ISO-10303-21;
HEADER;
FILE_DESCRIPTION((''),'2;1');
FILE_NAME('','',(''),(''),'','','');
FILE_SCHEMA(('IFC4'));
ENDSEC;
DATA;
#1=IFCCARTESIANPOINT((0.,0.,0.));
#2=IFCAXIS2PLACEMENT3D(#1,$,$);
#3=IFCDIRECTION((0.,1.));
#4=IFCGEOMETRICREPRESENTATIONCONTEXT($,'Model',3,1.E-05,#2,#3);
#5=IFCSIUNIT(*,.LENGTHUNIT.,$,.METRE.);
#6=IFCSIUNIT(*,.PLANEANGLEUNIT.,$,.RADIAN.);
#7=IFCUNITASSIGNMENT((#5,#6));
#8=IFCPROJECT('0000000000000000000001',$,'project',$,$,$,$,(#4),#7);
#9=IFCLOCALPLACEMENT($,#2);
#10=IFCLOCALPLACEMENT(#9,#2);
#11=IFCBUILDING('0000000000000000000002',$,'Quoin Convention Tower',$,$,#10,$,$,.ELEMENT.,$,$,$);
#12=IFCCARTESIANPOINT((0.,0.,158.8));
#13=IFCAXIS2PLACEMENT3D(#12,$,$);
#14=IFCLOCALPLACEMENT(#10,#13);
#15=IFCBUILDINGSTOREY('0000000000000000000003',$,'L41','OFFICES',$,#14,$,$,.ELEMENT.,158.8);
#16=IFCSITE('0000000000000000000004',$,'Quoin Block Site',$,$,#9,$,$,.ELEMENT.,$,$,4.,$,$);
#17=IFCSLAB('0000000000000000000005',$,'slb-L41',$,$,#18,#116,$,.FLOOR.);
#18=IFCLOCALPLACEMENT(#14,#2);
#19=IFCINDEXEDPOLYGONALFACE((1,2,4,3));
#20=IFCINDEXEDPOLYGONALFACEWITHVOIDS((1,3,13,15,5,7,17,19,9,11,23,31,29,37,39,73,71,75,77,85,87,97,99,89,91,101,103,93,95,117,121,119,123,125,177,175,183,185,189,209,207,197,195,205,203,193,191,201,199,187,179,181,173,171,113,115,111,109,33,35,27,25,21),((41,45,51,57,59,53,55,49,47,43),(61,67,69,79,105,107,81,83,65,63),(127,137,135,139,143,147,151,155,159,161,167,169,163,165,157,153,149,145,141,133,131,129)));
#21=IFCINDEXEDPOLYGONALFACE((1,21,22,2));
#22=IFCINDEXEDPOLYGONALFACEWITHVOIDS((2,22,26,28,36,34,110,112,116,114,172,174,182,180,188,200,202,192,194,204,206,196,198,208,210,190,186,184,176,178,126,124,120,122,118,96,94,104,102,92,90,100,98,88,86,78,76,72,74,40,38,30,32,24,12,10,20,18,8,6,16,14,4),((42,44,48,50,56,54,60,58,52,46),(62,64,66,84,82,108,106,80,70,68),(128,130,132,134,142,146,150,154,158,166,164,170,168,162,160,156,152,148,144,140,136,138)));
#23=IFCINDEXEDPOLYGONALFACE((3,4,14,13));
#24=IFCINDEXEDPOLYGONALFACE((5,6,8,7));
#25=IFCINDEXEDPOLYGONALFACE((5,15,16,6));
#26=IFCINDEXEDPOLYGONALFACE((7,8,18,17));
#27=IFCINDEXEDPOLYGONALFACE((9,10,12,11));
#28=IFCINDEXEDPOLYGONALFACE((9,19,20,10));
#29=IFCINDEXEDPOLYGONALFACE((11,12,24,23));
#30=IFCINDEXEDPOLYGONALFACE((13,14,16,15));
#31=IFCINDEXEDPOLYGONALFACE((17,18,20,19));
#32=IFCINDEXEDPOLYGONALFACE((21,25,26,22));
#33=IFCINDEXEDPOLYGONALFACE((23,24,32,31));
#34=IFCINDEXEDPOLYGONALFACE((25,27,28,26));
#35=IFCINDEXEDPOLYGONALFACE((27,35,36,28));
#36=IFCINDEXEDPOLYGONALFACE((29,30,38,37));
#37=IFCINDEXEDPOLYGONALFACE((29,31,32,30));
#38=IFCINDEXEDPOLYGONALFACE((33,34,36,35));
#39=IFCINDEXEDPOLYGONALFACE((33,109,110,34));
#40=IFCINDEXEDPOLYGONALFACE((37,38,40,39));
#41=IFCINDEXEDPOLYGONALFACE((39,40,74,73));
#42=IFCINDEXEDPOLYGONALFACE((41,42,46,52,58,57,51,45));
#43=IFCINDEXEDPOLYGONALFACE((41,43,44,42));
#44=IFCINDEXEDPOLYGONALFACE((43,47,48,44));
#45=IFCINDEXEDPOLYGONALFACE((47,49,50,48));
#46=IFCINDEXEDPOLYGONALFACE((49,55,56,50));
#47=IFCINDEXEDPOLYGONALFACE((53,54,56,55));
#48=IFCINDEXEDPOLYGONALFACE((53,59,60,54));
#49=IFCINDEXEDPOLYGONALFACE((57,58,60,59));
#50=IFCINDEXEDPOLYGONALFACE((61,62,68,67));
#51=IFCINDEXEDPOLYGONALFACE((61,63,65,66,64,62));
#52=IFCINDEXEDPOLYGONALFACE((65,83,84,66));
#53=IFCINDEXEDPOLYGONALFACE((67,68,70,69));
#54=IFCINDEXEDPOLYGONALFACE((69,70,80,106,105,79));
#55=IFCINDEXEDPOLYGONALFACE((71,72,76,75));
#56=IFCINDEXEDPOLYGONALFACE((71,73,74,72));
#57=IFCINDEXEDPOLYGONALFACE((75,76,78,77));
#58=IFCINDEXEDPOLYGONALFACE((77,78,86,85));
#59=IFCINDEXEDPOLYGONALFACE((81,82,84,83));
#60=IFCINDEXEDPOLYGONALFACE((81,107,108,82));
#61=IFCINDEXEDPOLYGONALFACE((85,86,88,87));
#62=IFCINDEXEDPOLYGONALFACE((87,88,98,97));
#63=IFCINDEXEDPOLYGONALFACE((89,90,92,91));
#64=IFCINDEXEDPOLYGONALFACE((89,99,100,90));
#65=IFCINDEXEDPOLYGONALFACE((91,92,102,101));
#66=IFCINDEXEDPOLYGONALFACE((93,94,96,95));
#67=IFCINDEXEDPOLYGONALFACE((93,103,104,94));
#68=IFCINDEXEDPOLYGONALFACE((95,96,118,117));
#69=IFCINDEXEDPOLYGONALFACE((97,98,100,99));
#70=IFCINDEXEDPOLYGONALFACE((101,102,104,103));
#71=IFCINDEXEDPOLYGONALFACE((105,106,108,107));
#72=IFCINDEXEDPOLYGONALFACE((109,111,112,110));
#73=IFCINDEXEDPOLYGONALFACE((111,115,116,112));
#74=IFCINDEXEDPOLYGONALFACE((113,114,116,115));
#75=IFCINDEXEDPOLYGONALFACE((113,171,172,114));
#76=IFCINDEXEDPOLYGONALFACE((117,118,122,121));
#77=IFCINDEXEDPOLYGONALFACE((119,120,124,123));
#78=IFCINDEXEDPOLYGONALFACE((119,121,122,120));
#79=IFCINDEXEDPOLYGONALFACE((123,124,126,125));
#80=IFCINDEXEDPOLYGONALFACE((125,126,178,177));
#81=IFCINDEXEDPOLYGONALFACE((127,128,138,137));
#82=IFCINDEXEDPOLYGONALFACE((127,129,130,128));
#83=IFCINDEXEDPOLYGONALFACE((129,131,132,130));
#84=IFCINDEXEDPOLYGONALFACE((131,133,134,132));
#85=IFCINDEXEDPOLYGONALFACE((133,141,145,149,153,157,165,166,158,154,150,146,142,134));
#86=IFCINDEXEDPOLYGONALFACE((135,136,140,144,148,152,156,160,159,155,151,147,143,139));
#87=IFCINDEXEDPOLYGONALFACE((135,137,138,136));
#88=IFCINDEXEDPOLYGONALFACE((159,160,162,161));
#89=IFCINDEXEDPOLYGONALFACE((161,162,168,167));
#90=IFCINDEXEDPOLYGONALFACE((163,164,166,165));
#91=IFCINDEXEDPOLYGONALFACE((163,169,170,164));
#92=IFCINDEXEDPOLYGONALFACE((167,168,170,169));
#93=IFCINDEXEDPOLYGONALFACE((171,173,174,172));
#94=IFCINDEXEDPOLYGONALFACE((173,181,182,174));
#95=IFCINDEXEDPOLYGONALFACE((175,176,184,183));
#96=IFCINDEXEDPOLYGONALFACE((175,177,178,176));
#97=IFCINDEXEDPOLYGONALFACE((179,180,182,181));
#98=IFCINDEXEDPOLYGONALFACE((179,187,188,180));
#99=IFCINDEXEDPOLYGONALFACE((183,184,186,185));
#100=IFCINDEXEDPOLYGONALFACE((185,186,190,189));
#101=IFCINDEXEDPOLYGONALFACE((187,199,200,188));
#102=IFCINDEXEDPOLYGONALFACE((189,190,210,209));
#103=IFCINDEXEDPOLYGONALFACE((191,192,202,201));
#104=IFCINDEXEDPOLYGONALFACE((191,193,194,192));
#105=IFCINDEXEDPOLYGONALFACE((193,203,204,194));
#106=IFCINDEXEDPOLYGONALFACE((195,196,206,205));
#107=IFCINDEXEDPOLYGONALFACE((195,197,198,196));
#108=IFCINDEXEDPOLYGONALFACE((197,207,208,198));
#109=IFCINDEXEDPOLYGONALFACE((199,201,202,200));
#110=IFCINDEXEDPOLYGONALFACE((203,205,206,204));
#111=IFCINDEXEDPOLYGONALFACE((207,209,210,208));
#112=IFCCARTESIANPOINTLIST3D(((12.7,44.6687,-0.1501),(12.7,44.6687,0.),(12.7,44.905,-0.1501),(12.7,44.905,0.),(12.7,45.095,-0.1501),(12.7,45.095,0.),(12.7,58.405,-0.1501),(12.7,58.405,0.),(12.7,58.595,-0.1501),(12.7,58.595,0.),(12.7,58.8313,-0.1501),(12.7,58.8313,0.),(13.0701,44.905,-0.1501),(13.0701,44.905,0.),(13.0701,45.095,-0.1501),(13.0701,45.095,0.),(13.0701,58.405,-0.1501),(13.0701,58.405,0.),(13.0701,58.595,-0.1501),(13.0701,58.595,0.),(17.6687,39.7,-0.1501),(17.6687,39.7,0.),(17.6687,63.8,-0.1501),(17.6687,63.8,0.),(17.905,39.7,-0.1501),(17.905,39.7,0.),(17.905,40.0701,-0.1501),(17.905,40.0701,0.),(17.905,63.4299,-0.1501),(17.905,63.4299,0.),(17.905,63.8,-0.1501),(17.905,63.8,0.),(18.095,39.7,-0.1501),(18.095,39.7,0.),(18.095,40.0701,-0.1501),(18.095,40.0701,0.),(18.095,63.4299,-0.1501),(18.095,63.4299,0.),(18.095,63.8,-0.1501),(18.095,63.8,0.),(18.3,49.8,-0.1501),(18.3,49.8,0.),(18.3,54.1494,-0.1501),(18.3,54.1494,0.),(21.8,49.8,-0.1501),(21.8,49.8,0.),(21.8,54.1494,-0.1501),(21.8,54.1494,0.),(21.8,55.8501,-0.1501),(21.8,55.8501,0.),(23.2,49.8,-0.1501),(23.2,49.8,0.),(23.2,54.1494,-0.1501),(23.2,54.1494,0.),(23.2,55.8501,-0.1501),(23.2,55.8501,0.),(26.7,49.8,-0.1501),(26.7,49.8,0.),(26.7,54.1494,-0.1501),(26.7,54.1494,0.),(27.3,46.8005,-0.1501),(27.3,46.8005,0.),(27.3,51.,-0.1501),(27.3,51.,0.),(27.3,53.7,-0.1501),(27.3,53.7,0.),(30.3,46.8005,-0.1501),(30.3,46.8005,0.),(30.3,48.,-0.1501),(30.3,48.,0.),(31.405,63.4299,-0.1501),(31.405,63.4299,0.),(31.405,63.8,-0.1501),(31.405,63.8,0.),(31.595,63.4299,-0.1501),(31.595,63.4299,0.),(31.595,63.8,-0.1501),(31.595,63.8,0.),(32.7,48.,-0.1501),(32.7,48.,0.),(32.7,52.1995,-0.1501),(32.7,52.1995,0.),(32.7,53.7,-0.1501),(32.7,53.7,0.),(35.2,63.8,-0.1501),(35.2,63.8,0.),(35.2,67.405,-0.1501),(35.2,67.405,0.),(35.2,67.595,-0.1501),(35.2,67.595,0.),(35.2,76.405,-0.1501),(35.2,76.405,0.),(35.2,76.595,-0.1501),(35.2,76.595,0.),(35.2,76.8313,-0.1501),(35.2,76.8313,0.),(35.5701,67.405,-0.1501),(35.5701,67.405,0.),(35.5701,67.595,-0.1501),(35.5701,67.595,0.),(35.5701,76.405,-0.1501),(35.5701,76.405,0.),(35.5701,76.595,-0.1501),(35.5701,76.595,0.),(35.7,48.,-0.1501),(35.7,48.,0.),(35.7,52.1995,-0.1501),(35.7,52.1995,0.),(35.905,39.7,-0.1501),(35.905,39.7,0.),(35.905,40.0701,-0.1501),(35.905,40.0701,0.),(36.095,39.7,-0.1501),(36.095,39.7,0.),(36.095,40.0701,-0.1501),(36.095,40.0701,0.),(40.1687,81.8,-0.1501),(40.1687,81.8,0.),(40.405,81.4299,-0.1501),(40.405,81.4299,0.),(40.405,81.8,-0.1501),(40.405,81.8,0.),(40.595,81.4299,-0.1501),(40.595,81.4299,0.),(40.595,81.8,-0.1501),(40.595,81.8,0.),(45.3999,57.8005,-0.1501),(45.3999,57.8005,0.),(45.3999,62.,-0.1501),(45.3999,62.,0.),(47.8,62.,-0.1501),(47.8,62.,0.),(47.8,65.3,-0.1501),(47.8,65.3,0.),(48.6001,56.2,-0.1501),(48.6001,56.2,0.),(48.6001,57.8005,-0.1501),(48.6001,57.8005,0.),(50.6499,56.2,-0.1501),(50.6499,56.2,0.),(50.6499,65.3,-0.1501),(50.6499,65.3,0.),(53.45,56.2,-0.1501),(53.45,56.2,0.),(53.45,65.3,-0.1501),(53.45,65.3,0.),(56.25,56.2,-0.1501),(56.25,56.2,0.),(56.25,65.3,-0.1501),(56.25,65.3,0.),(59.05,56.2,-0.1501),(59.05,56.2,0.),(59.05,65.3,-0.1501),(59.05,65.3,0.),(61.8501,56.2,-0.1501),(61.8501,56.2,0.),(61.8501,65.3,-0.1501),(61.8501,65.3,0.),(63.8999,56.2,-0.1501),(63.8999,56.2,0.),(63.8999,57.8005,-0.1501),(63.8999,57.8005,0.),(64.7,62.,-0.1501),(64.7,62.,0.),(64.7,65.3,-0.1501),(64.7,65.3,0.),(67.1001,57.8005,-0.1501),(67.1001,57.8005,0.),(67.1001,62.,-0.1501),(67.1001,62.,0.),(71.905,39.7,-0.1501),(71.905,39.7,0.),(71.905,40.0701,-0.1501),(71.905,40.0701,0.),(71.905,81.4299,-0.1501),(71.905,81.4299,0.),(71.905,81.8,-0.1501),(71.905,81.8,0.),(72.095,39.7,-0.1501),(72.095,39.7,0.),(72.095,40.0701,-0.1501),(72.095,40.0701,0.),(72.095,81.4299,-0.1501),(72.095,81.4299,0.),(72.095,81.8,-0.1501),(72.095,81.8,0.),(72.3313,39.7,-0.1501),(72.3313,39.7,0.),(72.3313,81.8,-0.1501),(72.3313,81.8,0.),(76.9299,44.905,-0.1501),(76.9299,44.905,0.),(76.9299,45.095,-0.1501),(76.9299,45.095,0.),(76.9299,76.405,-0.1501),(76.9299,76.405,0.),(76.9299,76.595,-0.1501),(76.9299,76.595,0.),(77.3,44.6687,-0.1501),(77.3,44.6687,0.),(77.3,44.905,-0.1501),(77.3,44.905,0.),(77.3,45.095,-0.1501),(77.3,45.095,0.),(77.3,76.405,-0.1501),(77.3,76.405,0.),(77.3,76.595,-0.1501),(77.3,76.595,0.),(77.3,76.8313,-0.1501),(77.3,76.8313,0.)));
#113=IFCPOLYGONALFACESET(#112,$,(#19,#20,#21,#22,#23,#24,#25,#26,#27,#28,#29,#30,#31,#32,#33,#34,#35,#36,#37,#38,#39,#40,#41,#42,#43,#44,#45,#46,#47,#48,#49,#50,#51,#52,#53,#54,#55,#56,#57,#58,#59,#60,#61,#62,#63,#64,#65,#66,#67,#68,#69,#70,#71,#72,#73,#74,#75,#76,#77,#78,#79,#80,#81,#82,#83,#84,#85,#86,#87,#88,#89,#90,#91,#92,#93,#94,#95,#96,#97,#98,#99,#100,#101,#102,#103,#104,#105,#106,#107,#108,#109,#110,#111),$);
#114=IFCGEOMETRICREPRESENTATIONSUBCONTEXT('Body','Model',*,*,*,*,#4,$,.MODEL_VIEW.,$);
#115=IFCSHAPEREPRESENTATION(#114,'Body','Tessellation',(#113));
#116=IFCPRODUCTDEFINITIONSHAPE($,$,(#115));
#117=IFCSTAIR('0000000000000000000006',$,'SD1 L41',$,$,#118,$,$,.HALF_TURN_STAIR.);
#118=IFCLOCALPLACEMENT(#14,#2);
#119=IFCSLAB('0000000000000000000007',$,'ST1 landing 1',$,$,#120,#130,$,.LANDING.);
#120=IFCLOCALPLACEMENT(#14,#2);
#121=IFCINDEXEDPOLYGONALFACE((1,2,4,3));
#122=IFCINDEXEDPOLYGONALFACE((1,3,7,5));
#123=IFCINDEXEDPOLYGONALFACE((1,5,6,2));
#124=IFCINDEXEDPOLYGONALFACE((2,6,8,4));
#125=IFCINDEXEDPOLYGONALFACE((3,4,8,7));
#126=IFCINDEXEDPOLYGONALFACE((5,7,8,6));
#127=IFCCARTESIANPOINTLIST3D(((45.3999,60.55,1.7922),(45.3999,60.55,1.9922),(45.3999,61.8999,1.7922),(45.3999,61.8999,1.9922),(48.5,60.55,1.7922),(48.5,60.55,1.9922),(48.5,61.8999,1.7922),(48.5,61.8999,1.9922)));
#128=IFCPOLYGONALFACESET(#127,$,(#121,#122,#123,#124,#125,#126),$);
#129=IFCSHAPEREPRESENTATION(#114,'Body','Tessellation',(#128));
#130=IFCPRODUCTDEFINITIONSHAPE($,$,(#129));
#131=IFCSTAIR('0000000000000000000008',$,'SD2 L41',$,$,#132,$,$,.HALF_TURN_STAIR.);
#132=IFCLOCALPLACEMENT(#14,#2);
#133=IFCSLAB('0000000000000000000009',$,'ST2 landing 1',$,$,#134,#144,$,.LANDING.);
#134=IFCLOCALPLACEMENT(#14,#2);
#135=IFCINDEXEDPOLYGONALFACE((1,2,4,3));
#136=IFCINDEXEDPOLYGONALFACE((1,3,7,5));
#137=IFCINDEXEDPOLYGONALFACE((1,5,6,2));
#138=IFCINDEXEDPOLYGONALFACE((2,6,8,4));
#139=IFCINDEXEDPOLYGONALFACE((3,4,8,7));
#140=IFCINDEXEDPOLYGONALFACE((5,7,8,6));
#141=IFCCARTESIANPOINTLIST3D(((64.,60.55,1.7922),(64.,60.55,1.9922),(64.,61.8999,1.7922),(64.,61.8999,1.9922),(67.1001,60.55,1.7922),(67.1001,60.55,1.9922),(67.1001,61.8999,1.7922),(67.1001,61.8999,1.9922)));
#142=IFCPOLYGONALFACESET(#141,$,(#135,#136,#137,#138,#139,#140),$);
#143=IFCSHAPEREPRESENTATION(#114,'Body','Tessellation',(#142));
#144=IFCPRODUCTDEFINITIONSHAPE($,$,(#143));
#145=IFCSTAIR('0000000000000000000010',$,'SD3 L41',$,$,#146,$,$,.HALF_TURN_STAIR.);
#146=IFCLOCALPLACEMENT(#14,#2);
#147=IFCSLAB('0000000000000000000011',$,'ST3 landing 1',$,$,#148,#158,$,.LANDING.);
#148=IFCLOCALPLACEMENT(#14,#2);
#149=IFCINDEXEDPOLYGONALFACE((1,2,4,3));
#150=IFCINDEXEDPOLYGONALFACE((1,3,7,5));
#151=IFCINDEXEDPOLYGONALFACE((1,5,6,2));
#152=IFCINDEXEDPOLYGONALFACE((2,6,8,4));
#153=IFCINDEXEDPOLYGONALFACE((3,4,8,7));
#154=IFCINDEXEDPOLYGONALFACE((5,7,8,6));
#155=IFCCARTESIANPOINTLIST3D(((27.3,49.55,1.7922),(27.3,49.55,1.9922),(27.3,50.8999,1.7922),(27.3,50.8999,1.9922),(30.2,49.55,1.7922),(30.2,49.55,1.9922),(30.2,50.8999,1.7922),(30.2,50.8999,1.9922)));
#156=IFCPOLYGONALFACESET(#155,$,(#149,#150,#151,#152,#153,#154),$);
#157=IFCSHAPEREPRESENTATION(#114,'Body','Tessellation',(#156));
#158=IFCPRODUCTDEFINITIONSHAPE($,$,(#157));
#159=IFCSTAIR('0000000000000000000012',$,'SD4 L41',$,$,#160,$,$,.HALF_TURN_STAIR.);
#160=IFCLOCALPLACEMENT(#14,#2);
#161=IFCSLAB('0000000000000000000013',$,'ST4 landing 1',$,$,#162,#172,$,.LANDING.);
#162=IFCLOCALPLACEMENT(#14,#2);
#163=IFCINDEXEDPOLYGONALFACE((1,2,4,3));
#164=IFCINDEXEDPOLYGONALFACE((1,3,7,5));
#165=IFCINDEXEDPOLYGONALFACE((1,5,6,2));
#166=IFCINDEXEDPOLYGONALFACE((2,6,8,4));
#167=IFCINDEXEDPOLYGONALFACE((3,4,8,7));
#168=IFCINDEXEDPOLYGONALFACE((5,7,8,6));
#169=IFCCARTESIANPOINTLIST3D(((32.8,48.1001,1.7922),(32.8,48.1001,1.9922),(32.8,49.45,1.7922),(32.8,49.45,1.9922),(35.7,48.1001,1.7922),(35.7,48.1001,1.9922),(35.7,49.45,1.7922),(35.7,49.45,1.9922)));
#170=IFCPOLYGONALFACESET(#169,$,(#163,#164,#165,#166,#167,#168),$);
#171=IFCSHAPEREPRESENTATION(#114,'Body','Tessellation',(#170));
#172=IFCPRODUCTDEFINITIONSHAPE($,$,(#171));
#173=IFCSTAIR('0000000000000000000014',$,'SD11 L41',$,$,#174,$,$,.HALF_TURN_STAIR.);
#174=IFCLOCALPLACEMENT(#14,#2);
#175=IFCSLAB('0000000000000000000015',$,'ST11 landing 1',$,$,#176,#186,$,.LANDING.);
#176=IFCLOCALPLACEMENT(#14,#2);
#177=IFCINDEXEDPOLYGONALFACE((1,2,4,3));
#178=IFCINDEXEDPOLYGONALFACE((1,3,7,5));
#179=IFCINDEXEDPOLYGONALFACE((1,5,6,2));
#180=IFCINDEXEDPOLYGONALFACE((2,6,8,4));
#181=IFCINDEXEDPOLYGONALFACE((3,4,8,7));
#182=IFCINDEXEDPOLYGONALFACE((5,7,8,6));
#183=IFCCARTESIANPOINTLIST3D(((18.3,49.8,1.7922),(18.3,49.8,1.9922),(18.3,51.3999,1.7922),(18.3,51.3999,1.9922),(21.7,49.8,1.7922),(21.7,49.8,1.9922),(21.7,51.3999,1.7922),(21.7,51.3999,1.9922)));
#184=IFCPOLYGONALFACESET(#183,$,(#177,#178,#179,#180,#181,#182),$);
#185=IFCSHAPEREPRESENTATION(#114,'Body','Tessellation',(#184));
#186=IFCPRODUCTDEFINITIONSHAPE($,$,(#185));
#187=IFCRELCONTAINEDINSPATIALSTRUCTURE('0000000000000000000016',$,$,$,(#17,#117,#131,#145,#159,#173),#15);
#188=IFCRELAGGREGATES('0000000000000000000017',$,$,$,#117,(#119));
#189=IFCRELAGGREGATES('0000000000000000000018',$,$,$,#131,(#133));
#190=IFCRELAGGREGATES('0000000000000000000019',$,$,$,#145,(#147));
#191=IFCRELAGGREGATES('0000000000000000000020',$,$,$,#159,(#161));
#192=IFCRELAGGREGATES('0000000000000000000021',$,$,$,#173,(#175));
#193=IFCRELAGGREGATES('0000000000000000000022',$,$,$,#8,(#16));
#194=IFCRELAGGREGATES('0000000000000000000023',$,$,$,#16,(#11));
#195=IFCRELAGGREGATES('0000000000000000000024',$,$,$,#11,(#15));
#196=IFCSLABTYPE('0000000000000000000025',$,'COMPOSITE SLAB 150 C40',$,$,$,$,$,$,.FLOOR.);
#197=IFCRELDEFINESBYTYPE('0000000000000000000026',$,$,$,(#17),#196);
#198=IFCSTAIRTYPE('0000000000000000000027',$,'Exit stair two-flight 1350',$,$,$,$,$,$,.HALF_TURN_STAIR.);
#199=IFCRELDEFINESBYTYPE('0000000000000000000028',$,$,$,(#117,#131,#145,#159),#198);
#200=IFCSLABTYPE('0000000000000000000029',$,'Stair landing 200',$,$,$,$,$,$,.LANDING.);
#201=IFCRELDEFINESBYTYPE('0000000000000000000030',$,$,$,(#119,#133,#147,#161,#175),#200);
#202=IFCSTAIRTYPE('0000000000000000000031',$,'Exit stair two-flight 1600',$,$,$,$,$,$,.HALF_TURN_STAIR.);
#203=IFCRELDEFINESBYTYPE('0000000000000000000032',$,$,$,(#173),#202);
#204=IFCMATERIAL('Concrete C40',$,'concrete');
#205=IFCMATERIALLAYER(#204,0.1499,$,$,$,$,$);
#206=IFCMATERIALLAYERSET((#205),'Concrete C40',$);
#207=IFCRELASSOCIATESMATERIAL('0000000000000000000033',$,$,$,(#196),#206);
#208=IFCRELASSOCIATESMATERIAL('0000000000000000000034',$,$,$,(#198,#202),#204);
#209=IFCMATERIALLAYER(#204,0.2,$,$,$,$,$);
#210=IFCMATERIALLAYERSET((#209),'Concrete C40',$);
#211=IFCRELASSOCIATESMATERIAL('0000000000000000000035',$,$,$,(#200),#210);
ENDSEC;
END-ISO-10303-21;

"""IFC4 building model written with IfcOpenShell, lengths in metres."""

from ifc_helpers import new_model, si_unit, direction, frame, origin, place, context, subcontext, project, spatial, polyline, outline, extrude, material, layer, layer_set, type_object, element, aggregate, save


model = new_model("IFC4")

# Units and contexts
model_context = context("Model", 3, precision=1e-05, world=origin(), true_north=direction((0.0, 1.0)))
body_context = subcontext(model_context, "Body", "Model", "MODEL_VIEW")
ifc_project = project(units=[si_unit("LENGTHUNIT", "METRE"), si_unit("PLANEANGLEUNIT", "RADIAN")], contexts=[model_context])

# Site, building, storey
site_placement = place(None, origin())
site = spatial("IfcSite", under=ifc_project, at=site_placement, Name="Quoin Block Site", CompositionType="ELEMENT", RefElevation=4.0)
building_placement = place(site_placement, origin())
building = spatial("IfcBuilding", under=site, at=building_placement, Name="Quoin Convention Tower", CompositionType="ELEMENT")
storey_placement = place(building_placement, frame((0.0, 0.0, 158.8)))
storey = spatial("IfcBuildingStorey", under=building, at=storey_placement, Name="L41", Description="OFFICES", CompositionType="ELEMENT", Elevation=158.8)

# Slab
ifc_material_1 = material(Name="Concrete C40", Category="concrete")
ifc_layer_1 = layer(ifc_material_1, 0.1499)
ifc_layer_set_1 = layer_set([ifc_layer_1], Name="Concrete C40")
slab_type_1 = type_object("IfcSlabType", Name="COMPOSITE SLAB 150 C40", PredefinedType="FLOOR", material=ifc_layer_set_1)
slab_1_placement = place(storey_placement, frame((0.0, 0.0, -0.1501)))
element("IfcSlab", 1, at=slab_1_placement, inside=storey, type_object=slab_type_1, Name="slb-L41", PredefinedType="FLOOR", context=body_context, shape_type="SweptSolid", body=[
    extrude(outline(polyline([(12.7, 44.6687), (12.7, 44.905), (13.0701, 44.905), (13.0701, 45.095), (12.7, 45.095), (12.7, 58.405), (13.0701, 58.405), (13.0701, 58.595), (12.7, 58.595), (12.7, 58.8313), (17.6687, 63.8), (17.905, 63.8), (17.905, 63.4299), (18.095, 63.4299), (18.095, 63.8), (31.405, 63.8), (31.405, 63.4299), (31.595, 63.4299), (31.595, 63.8), (35.2, 63.8), (35.2, 67.405), (35.5701, 67.405), (35.5701, 67.595), (35.2, 67.595), (35.2, 76.405), (35.5701, 76.405), (35.5701, 76.595), (35.2, 76.595), (35.2, 76.8313), (40.1687, 81.8), (40.405, 81.8), (40.405, 81.4299), (40.595, 81.4299), (40.595, 81.8), (71.905, 81.8), (71.905, 81.4299), (72.095, 81.4299), (72.095, 81.8), (72.3313, 81.8), (77.3, 76.8313), (77.3, 76.595), (76.9299, 76.595), (76.9299, 76.405), (77.3, 76.405), (77.3, 45.095), (76.9299, 45.095), (76.9299, 44.905), (77.3, 44.905), (77.3, 44.6687), (72.3313, 39.7), (72.095, 39.7), (72.095, 40.0701), (71.905, 40.0701), (71.905, 39.7), (36.095, 39.7), (36.095, 40.0701), (35.905, 40.0701), (35.905, 39.7), (18.095, 39.7), (18.095, 40.0701), (17.905, 40.0701), (17.905, 39.7), (17.6687, 39.7), (12.7, 44.6687)]), holes=[polyline([(27.3, 46.8005), (30.3, 46.8005), (30.3, 48.0), (32.7, 48.0), (35.7, 48.0), (35.7, 52.1995), (32.7, 52.1995), (32.7, 53.7), (27.3, 53.7), (27.3, 51.0), (27.3, 46.8005)]), polyline([(21.8, 49.8), (23.2, 49.8), (26.7, 49.8), (26.7, 54.1494), (23.2, 54.1494), (23.2, 55.8501), (21.8, 55.8501), (21.8, 54.1494), (18.3, 54.1494), (18.3, 49.8), (21.8, 49.8)]), polyline([(50.6499, 56.2), (53.45, 56.2), (56.25, 56.2), (59.05, 56.2), (61.8501, 56.2), (63.8999, 56.2), (63.8999, 57.8005), (67.1001, 57.8005), (67.1001, 62.0), (64.7, 62.0), (64.7, 65.3), (61.8501, 65.3), (59.05, 65.3), (56.25, 65.3), (53.45, 65.3), (50.6499, 65.3), (47.8, 65.3), (47.8, 62.0), (45.3999, 62.0), (45.3999, 57.8005), (48.6001, 57.8005), (48.6001, 56.2), (50.6499, 56.2)])]), origin(), (0.0, 0.0, 1.0), 0.1501),
])

# Stairs, slabs
stair_type_1 = type_object("IfcStairType", Name="Exit stair two-flight 1350", PredefinedType="HALF_TURN_STAIR", material=ifc_material_1)
stair_1_placement = place(storey_placement, origin())
stair_1 = element("IfcStair", 2, at=stair_1_placement, inside=storey, type_object=stair_type_1, Name="SD1 L41", PredefinedType="HALF_TURN_STAIR")
ifc_layer_2 = layer(ifc_material_1, 0.2)
ifc_layer_set_2 = layer_set([ifc_layer_2], Name="Concrete C40")
slab_type_2 = type_object("IfcSlabType", Name="Stair landing 200", PredefinedType="LANDING", material=ifc_layer_set_2)
slab_2_placement = place(storey_placement, frame((0.0, 0.0, 1.7922)))
slab_2 = element("IfcSlab", 3, at=slab_2_placement, type_object=slab_type_2, Name="ST1 landing 1", PredefinedType="LANDING", context=body_context, shape_type="SweptSolid", body=[
    extrude(outline(polyline([(45.3999, 60.55), (48.5, 60.55), (48.5, 61.8999), (45.3999, 61.8999), (45.3999, 60.55)])), origin(), (0.0, 0.0, 1.0), 0.2),
])
aggregate(stair_1, [slab_2])
stair_2_placement = place(storey_placement, origin())
stair_2 = element("IfcStair", 4, at=stair_2_placement, inside=storey, type_object=stair_type_1, Name="SD2 L41", PredefinedType="HALF_TURN_STAIR")
slab_3_placement = place(storey_placement, frame((0.0, 0.0, 1.7922)))
slab_3 = element("IfcSlab", 5, at=slab_3_placement, type_object=slab_type_2, Name="ST2 landing 1", PredefinedType="LANDING", context=body_context, shape_type="SweptSolid", body=[
    extrude(outline(polyline([(64.0, 60.55), (67.1001, 60.55), (67.1001, 61.8999), (64.0, 61.8999), (64.0, 60.55)])), origin(), (0.0, 0.0, 1.0), 0.2),
])
aggregate(stair_2, [slab_3])
stair_3_placement = place(storey_placement, origin())
stair_3 = element("IfcStair", 6, at=stair_3_placement, inside=storey, type_object=stair_type_1, Name="SD3 L41", PredefinedType="HALF_TURN_STAIR")
slab_4_placement = place(storey_placement, frame((0.0, 0.0, 1.7922)))
slab_4 = element("IfcSlab", 7, at=slab_4_placement, type_object=slab_type_2, Name="ST3 landing 1", PredefinedType="LANDING", context=body_context, shape_type="SweptSolid", body=[
    extrude(outline(polyline([(27.3, 49.55), (30.2, 49.55), (30.2, 50.8999), (27.3, 50.8999), (27.3, 49.55)])), origin(), (0.0, 0.0, 1.0), 0.2),
])
aggregate(stair_3, [slab_4])
stair_4_placement = place(storey_placement, origin())
stair_4 = element("IfcStair", 8, at=stair_4_placement, inside=storey, type_object=stair_type_1, Name="SD4 L41", PredefinedType="HALF_TURN_STAIR")
slab_5_placement = place(storey_placement, frame((0.0, 0.0, 1.7922)))
slab_5 = element("IfcSlab", 9, at=slab_5_placement, type_object=slab_type_2, Name="ST4 landing 1", PredefinedType="LANDING", context=body_context, shape_type="SweptSolid", body=[
    extrude(outline(polyline([(35.7, 49.45), (32.8, 49.45), (32.8, 48.1001), (35.7, 48.1001), (35.7, 49.45)])), origin(), (0.0, 0.0, 1.0), 0.2),
])
aggregate(stair_4, [slab_5])
stair_type_2 = type_object("IfcStairType", Name="Exit stair two-flight 1600", PredefinedType="HALF_TURN_STAIR", material=ifc_material_1)
stair_5_placement = place(storey_placement, origin())
stair_5 = element("IfcStair", 10, at=stair_5_placement, inside=storey, type_object=stair_type_2, Name="SD11 L41", PredefinedType="HALF_TURN_STAIR")
slab_6_placement = place(storey_placement, frame((0.0, 0.0, 1.7922)))
slab_6 = element("IfcSlab", 11, at=slab_6_placement, type_object=slab_type_2, Name="ST11 landing 1", PredefinedType="LANDING", context=body_context, shape_type="SweptSolid", body=[
    extrude(outline(polyline([(21.7, 51.3999), (18.3, 51.3999), (18.3, 49.8), (21.7, 49.8), (21.7, 51.3999)])), origin(), (0.0, 0.0, 1.0), 0.2),
])
aggregate(stair_5, [slab_6])

save(model, "model.ifc")
